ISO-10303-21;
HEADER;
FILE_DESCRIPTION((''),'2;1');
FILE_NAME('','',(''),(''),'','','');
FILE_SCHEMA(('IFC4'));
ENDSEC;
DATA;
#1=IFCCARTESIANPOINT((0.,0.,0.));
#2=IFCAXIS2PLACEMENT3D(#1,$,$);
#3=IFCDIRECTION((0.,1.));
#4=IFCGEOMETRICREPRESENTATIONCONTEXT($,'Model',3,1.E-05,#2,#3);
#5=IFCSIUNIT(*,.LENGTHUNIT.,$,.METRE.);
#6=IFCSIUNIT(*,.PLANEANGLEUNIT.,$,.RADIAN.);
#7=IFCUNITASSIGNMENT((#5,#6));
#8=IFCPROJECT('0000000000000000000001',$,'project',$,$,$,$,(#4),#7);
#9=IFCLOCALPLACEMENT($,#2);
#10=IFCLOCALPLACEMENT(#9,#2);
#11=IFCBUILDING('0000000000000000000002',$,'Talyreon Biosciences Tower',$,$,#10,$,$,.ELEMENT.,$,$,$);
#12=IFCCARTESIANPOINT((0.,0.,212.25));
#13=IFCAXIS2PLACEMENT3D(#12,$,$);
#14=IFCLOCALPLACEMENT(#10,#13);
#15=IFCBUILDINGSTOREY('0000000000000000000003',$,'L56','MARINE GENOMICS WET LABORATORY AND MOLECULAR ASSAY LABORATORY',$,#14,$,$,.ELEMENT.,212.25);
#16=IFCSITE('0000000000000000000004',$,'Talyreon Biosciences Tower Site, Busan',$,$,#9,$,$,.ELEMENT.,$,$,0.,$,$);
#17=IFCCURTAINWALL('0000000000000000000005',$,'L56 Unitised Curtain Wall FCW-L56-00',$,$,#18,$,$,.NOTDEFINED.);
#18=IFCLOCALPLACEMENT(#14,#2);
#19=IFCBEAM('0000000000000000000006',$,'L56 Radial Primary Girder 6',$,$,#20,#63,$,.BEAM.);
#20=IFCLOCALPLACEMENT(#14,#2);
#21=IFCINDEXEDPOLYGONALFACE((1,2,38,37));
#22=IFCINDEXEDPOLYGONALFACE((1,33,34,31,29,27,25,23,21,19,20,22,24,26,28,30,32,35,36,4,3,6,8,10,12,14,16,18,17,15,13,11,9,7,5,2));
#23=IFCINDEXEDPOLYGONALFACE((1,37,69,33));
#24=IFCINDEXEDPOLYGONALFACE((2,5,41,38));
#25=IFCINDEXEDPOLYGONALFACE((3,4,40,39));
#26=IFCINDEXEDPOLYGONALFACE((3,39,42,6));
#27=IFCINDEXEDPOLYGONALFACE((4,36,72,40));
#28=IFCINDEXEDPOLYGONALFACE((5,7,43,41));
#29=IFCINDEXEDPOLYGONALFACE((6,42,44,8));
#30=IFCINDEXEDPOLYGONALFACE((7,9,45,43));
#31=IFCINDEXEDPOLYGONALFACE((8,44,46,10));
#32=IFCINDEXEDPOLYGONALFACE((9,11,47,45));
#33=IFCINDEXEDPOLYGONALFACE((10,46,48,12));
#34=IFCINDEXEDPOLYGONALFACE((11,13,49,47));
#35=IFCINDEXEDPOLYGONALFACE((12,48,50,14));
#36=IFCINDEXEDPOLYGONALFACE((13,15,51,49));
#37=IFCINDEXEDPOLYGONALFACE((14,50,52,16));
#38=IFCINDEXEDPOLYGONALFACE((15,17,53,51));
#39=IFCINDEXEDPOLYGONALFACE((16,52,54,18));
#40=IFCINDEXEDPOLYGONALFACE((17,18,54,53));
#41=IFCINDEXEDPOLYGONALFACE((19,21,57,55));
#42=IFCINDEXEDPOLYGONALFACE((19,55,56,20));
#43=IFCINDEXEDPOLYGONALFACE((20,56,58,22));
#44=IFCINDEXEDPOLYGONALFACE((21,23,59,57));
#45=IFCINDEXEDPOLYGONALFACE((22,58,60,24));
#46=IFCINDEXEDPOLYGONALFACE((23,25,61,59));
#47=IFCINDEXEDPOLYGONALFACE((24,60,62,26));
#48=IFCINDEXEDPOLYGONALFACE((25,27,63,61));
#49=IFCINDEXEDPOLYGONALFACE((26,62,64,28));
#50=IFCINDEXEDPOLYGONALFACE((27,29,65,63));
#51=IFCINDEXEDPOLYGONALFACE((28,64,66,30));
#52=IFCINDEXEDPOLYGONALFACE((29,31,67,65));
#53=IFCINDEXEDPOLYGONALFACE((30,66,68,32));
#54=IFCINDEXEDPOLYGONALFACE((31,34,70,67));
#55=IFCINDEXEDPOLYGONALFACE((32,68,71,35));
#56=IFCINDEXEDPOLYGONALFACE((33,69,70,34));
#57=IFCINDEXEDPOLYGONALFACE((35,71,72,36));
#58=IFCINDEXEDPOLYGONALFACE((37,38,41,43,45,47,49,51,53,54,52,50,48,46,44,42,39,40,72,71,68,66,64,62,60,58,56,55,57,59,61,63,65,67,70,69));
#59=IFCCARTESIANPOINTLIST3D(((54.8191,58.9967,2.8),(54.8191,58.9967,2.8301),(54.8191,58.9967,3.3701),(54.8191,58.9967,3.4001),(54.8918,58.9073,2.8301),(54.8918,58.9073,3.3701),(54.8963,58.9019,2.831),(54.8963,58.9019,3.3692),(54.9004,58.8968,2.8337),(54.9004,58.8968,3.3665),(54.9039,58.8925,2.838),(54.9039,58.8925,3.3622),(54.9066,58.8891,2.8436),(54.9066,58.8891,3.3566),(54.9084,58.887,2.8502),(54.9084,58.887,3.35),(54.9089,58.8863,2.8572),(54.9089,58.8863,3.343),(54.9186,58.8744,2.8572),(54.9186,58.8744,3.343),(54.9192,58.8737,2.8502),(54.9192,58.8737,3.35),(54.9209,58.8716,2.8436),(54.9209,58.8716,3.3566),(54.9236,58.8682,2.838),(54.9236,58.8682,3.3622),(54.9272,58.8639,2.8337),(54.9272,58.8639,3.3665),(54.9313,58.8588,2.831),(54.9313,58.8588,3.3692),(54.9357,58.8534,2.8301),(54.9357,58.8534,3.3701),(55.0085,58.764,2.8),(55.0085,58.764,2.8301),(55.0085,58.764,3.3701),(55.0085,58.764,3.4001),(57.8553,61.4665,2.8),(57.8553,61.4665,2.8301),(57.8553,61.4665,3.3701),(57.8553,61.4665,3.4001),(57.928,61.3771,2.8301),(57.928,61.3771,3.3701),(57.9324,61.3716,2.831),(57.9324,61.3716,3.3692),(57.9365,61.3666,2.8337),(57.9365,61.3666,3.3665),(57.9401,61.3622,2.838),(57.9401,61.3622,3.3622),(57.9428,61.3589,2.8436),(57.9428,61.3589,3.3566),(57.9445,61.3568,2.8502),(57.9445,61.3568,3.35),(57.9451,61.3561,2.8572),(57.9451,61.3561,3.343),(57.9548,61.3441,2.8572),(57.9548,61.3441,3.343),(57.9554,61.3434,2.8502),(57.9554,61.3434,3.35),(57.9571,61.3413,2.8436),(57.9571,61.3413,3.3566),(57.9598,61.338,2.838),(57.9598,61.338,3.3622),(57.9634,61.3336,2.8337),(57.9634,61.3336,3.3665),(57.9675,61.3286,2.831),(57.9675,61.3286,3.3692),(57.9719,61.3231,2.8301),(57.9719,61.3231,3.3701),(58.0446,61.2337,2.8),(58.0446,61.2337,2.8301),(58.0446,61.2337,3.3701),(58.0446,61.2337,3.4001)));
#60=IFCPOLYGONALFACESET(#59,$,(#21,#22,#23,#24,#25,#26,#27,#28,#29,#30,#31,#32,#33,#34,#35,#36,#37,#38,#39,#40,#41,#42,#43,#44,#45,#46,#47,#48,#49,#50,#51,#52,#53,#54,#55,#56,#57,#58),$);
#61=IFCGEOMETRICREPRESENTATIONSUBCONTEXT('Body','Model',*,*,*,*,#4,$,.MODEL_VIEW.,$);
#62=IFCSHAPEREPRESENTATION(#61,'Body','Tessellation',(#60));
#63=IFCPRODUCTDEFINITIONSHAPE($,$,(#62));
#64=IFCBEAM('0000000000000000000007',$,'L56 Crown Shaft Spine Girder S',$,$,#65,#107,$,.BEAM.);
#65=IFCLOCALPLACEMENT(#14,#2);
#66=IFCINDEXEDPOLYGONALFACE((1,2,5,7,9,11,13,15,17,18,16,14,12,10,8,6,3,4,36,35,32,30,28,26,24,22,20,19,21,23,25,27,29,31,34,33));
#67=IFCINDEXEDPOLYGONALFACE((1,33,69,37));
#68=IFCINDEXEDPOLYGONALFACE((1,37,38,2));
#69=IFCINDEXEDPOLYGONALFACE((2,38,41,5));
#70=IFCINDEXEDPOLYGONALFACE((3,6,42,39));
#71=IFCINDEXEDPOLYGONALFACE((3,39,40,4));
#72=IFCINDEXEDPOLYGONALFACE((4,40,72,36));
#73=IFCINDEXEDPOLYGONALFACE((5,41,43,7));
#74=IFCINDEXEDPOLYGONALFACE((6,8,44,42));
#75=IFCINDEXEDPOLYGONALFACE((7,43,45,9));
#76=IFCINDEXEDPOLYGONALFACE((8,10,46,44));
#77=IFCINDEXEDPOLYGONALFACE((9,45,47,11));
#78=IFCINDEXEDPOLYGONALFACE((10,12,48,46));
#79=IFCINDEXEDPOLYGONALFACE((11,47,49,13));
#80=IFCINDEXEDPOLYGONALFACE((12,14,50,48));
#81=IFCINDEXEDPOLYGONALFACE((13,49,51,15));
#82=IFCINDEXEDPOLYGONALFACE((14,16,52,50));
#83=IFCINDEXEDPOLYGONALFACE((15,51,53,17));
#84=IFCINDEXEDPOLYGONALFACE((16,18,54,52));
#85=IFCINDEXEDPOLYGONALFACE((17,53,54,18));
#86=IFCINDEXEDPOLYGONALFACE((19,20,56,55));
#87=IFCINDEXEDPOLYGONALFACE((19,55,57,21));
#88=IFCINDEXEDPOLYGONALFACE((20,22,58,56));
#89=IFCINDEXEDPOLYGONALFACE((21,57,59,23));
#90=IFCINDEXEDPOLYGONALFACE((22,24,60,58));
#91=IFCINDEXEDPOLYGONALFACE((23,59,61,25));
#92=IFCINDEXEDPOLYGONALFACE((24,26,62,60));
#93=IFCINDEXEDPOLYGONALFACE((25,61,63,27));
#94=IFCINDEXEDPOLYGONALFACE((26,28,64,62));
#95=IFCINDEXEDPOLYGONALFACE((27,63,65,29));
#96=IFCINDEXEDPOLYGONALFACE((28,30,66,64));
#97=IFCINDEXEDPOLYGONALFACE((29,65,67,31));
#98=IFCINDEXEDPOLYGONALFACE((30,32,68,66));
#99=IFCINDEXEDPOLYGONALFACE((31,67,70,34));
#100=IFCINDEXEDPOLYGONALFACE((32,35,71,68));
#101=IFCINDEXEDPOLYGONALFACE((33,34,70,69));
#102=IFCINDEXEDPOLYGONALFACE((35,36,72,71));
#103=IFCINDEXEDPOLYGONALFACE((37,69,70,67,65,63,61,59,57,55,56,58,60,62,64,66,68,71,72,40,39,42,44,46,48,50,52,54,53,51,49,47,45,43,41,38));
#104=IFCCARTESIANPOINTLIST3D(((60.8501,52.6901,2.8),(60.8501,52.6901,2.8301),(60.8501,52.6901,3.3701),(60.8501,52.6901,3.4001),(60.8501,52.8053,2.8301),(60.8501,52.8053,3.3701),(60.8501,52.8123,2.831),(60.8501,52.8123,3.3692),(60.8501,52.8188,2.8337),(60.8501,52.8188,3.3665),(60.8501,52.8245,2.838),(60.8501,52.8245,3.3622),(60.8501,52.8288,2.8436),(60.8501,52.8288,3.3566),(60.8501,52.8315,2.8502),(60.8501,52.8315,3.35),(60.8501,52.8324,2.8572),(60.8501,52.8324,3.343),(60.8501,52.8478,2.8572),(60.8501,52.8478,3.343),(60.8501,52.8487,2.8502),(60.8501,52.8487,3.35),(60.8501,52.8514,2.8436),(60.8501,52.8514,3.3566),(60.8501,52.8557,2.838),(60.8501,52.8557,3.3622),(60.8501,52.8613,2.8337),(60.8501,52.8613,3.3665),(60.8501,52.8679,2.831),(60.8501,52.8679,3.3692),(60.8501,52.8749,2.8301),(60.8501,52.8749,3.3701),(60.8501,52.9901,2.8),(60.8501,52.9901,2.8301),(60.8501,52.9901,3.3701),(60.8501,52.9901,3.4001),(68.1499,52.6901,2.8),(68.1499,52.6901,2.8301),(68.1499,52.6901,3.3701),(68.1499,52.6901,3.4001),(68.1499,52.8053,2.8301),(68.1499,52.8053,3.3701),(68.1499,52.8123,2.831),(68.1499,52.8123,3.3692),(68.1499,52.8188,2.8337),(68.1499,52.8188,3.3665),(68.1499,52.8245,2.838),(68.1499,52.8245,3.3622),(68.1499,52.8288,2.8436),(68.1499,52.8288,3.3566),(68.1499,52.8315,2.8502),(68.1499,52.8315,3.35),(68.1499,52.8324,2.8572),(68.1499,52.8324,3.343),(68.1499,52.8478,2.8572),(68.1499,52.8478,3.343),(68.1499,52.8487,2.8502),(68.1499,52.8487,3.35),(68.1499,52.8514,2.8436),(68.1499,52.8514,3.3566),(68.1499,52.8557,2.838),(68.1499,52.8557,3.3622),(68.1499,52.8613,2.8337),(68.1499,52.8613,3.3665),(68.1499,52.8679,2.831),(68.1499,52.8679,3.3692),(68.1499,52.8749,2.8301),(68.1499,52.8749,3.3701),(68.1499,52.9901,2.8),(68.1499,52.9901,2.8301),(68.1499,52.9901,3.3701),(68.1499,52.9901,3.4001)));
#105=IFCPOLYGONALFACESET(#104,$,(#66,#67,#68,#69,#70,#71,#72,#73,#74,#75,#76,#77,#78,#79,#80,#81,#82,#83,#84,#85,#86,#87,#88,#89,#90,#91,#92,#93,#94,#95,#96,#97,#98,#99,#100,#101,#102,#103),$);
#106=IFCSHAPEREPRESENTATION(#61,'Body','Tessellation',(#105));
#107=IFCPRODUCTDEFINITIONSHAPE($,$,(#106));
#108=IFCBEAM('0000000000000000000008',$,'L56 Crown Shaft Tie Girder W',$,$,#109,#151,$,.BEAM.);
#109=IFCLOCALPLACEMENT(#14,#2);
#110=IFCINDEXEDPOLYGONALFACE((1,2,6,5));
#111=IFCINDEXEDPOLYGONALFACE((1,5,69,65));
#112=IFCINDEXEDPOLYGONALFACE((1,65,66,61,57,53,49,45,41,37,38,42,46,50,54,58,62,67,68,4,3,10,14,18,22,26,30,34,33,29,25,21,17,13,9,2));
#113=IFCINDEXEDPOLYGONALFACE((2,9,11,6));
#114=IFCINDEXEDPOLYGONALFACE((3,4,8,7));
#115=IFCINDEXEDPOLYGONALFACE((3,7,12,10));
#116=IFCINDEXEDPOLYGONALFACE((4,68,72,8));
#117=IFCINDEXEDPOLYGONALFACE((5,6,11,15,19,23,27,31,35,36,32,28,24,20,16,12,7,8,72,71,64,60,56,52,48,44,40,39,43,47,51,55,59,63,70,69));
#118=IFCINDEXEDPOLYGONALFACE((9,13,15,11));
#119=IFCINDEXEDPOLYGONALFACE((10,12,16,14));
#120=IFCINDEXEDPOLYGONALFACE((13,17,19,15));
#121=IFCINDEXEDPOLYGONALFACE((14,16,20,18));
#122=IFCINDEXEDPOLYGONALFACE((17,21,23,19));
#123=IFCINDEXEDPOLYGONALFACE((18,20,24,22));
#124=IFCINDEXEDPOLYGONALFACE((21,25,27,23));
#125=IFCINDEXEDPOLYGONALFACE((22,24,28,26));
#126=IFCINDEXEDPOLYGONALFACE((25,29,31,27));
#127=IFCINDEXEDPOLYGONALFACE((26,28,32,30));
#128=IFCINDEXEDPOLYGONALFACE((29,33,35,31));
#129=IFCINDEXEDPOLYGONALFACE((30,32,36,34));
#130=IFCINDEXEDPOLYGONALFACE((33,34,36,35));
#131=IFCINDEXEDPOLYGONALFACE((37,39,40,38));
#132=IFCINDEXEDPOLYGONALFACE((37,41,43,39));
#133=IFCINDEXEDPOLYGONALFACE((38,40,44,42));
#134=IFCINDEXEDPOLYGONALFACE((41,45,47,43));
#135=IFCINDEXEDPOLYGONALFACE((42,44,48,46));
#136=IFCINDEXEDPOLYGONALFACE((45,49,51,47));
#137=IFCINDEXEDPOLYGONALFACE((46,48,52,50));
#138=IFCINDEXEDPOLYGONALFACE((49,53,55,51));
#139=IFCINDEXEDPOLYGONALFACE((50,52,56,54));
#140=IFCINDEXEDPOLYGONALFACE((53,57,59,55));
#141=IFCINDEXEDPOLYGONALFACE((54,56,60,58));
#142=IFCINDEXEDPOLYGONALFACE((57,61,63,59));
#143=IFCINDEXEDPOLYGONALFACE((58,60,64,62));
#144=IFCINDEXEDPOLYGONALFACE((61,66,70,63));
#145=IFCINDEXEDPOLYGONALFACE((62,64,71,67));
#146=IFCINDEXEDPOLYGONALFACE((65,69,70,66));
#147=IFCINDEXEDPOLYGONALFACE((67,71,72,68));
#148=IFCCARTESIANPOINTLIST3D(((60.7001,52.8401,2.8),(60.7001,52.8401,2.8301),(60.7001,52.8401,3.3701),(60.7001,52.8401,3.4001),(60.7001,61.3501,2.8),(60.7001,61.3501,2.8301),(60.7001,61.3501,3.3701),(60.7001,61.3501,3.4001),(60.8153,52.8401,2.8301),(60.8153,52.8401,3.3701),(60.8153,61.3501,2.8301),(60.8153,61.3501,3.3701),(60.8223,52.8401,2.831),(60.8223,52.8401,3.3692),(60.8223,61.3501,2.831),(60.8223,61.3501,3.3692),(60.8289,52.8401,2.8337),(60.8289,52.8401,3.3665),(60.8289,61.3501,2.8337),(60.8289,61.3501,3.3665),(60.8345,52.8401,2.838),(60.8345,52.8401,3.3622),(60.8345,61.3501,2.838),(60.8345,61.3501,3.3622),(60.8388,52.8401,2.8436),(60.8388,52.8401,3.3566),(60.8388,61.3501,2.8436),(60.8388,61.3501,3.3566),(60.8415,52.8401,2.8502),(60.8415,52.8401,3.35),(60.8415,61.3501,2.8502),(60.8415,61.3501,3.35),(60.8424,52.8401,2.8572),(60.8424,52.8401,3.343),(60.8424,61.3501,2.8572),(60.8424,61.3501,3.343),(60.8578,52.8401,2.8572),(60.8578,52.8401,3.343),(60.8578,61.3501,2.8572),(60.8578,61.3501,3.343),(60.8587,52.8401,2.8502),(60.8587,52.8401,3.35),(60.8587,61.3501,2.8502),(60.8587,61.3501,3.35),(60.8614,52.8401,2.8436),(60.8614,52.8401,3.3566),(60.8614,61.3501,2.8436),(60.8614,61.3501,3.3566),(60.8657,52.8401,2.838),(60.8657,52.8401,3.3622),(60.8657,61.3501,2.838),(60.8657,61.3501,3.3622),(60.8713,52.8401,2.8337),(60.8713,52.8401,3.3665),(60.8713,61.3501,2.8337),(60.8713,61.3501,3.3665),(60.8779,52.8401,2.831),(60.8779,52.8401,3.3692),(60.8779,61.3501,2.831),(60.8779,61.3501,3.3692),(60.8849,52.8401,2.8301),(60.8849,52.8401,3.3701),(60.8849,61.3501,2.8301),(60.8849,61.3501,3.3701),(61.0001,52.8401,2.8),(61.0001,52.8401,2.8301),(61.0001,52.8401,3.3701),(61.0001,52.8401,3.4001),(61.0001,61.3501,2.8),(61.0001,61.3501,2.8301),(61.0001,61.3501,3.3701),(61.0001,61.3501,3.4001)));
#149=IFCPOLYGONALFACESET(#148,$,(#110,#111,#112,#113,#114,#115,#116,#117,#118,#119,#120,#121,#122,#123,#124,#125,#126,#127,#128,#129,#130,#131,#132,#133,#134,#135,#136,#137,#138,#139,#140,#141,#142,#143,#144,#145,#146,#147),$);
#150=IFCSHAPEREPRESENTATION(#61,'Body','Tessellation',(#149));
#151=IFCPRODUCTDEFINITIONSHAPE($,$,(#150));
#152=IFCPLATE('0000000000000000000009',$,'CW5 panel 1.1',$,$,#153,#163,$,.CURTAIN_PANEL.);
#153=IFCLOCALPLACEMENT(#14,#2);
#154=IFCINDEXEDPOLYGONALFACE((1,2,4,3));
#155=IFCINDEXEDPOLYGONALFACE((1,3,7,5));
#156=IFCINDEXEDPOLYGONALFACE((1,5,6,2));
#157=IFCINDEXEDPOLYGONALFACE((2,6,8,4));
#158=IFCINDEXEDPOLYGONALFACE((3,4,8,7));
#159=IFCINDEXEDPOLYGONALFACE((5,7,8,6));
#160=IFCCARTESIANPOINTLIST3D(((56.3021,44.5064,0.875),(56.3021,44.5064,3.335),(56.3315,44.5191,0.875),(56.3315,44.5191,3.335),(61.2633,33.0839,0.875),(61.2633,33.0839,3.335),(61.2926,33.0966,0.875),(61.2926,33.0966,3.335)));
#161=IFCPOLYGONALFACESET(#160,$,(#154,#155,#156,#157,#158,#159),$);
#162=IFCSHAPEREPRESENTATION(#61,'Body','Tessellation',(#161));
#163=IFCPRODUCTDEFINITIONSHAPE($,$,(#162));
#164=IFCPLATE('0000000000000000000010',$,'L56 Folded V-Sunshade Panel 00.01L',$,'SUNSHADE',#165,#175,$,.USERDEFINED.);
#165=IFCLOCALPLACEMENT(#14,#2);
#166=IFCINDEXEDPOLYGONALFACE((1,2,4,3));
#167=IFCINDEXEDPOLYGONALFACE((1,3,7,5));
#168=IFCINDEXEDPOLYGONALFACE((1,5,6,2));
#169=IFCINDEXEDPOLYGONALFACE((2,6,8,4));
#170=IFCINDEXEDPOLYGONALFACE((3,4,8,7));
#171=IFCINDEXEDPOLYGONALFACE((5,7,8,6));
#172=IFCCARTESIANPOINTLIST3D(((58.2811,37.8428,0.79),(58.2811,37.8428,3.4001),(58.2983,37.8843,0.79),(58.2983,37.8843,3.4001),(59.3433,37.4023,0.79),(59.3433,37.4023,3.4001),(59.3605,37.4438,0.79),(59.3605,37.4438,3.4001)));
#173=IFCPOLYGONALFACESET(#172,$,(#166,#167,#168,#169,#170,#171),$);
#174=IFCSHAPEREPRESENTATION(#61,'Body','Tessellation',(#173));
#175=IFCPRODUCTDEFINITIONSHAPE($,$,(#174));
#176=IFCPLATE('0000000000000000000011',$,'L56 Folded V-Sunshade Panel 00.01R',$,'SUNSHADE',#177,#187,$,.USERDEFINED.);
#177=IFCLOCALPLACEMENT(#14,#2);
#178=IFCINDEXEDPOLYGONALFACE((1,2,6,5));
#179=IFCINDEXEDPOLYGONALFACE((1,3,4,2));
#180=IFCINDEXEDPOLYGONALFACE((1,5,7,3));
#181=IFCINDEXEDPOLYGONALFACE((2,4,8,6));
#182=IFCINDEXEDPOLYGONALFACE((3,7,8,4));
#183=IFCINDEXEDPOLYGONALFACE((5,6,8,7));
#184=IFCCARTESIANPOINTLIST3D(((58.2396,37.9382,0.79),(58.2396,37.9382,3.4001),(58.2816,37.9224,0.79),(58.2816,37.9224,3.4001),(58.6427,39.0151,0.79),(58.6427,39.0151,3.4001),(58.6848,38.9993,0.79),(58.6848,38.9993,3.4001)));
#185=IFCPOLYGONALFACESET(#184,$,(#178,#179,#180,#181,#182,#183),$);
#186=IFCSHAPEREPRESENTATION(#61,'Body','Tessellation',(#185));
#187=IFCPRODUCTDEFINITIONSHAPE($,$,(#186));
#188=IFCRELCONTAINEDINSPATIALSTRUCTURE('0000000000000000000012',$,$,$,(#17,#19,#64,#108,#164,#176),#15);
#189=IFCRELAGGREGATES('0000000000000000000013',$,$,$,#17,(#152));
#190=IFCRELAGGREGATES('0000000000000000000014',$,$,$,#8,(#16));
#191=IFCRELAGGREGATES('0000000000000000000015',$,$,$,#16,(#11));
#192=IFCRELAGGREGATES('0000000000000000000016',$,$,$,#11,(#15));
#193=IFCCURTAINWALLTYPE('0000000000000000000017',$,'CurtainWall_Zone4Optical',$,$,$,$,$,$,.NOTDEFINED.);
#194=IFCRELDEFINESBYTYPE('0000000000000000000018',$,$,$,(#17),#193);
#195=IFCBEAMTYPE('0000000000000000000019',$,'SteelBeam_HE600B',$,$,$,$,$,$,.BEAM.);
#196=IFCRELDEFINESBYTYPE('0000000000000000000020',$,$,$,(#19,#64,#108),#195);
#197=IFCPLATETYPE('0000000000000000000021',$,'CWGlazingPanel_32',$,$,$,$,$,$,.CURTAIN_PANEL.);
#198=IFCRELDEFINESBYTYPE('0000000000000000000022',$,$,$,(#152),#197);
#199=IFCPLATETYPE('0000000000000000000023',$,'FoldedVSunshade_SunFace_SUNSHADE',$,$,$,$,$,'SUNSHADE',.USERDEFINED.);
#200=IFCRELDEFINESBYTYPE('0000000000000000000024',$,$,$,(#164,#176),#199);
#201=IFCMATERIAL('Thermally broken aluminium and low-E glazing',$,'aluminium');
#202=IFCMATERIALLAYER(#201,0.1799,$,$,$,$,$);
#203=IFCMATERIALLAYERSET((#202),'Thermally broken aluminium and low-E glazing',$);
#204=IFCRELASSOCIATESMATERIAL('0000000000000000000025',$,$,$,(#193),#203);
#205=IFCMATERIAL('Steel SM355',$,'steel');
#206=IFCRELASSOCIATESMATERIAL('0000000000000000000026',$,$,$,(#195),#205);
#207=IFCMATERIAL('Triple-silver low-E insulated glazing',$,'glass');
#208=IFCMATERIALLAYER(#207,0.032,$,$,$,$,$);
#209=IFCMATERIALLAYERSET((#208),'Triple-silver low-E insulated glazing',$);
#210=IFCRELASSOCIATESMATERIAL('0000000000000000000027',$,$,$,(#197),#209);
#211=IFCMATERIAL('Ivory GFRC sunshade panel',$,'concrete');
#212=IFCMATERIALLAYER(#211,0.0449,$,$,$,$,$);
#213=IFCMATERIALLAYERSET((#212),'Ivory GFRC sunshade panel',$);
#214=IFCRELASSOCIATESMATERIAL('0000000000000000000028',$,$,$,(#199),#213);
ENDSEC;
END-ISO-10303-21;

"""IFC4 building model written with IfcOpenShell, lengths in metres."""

from ifc_helpers import new_model, si_unit, direction, frame, origin, origin_2d, place, context, subcontext, project, spatial, rectangle, i_section, extrude, material, layer, layer_set, material_profile, profile_set, type_object, element, aggregate, save


model = new_model("IFC4")

# Units and contexts
model_context = context("Model", 3, precision=1e-05, world=origin(), true_north=direction((0.0, 1.0)))
body_context = subcontext(model_context, "Body", "Model", "MODEL_VIEW")
ifc_project = project(units=[si_unit("LENGTHUNIT", "METRE"), si_unit("PLANEANGLEUNIT", "RADIAN")], contexts=[model_context])

# Site, building, storey
site_placement = place(None, origin())
site = spatial("IfcSite", under=ifc_project, at=site_placement, Name="Talyreon Biosciences Tower Site, Busan", CompositionType="ELEMENT", RefElevation=0.0)
building_placement = place(site_placement, origin())
building = spatial("IfcBuilding", under=site, at=building_placement, Name="Talyreon Biosciences Tower", CompositionType="ELEMENT")
storey_placement = place(building_placement, frame((0.0, 0.0, 212.25)))
storey = spatial("IfcBuildingStorey", under=building, at=storey_placement, Name="L56", Description="MARINE GENOMICS WET LABORATORY AND MOLECULAR ASSAY LABORATORY", CompositionType="ELEMENT", Elevation=212.25)

# Curtain wall
ifc_material_1 = material(Name="Thermally broken aluminium and low-E glazing", Category="aluminium")
ifc_layer_1 = layer(ifc_material_1, 0.1799)
ifc_layer_set_1 = layer_set([ifc_layer_1], Name="Thermally broken aluminium and low-E glazing")
curtain_wall_type = type_object("IfcCurtainWallType", Name="CurtainWall_Zone4Optical", PredefinedType="NOTDEFINED", material=ifc_layer_set_1)
curtain_wall_placement = place(storey_placement, origin())
curtain_wall = element("IfcCurtainWall", 1, at=curtain_wall_placement, inside=storey, type_object=curtain_wall_type, Name="L56 Unitised Curtain Wall FCW-L56-00", PredefinedType="NOTDEFINED")

# Beams
ifc_material_2 = material(Name="Steel SM355", Category="steel")
ifc_material_profile_1 = material_profile(ifc_material_2, i_section(OverallWidth=0.3, OverallDepth=0.6001, WebThickness=0.0154, FlangeThickness=0.03, FilletRadius=0.0271, at=origin_2d()), Name="HE600B")
ifc_profile_set_1 = profile_set([ifc_material_profile_1], Name="Steel SM355")
beam_type_1 = type_object("IfcBeamType", Name="SteelBeam_HE600B", PredefinedType="BEAM", material=ifc_profile_set_1)
beam_1_placement = place(storey_placement, frame((57.95, 61.3501, 3.1001), z_axis=(-0.775755, -0.631034, 0.0), x_axis=(0.631034, -0.775755, 0.0)))
element("IfcBeam", 2, at=beam_1_placement, inside=storey, type_object=beam_type_1, Name="L56 Radial Primary Girder 6", PredefinedType="BEAM", context=body_context, shape_type="SweptSolid", body=[
    extrude(i_section(OverallWidth=0.3, OverallDepth=0.6001, WebThickness=0.0154, FlangeThickness=0.03, FilletRadius=0.0271, at=origin_2d()), origin(), (0.0, 0.0, 1.0), 3.9138),
])
beam_2_placement = place(storey_placement, frame((60.8501, 52.8401, 3.1001), z_axis=(1.0, 0.0, 0.0), x_axis=(0.0, 1.0, 0.0)))
element("IfcBeam", 3, at=beam_2_placement, inside=storey, type_object=beam_type_1, Name="L56 Crown Shaft Spine Girder S", PredefinedType="BEAM", context=body_context, shape_type="SweptSolid", body=[
    extrude(i_section(OverallWidth=0.3, OverallDepth=0.6001, WebThickness=0.0154, FlangeThickness=0.03, FilletRadius=0.0271, at=origin_2d()), origin(), (0.0, 0.0, 1.0), 7.2998),
])
beam_3_placement = place(storey_placement, frame((60.8501, 52.8401, 3.1001), z_axis=(0.0, 1.0, 0.0), x_axis=(-1.0, 0.0, 0.0)))
element("IfcBeam", 4, at=beam_3_placement, inside=storey, type_object=beam_type_1, Name="L56 Crown Shaft Tie Girder W", PredefinedType="BEAM", context=body_context, shape_type="SweptSolid", body=[
    extrude(i_section(OverallWidth=0.3, OverallDepth=0.6001, WebThickness=0.0154, FlangeThickness=0.03, FilletRadius=0.0271, at=origin_2d()), origin(), (0.0, 0.0, 1.0), 8.51),
])

# Plate
ifc_material_3 = material(Name="Triple-silver low-E insulated glazing", Category="glass")
ifc_layer_2 = layer(ifc_material_3, 0.032)
ifc_layer_set_2 = layer_set([ifc_layer_2], Name="Triple-silver low-E insulated glazing")
plate_type_1 = type_object("IfcPlateType", Name="CWGlazingPanel_32", PredefinedType="CURTAIN_PANEL", material=ifc_layer_set_2)
plate_placement = place(storey_placement, frame((58.7974, 38.8015, 0.875), z_axis=(0.0, 0.0, 1.0), x_axis=(-0.398376, 0.917222, 0.0)))
plate = element("IfcPlate", 5, at=plate_placement, type_object=plate_type_1, Name="CW5 panel 1.1", PredefinedType="CURTAIN_PANEL", context=body_context, shape_type="SweptSolid", body=[
    extrude(rectangle(XDim=12.4534, YDim=0.032, at=origin_2d()), origin(), (0.0, 0.0, 1.0), 2.46),
])
aggregate(curtain_wall, [plate])

# Plates
ifc_material_4 = material(Name="Ivory GFRC sunshade panel", Category="concrete")
ifc_layer_3 = layer(ifc_material_4, 0.0449)
ifc_layer_set_3 = layer_set([ifc_layer_3], Name="Ivory GFRC sunshade panel")
plate_type_2 = type_object("IfcPlateType", Name="FoldedVSunshade_SunFace_SUNSHADE", ElementType="SUNSHADE", PredefinedType="USERDEFINED", material=ifc_layer_set_3)
for number, where, z_axis, x_axis, name in (
    (6, (58.8208, 37.6433, 0.79), (0.0, 0.0, 1.0), (-0.923726, 0.383054, 0.0), "L56 Folded V-Sunshade Panel 00.01L"),
    (7, (58.4622, 38.4688, 0.79), (0.0, 0.0, 1.0), (0.350583, 0.936532, 0.0), "L56 Folded V-Sunshade Panel 00.01R"),
):
    element("IfcPlate", number, at=place(storey_placement, frame(where, z_axis=z_axis, x_axis=x_axis)), inside=storey, type_object=plate_type_2, Name=name, ObjectType="SUNSHADE", PredefinedType="USERDEFINED", context=body_context, shape_type="SweptSolid", body=[
        extrude(rectangle(XDim=1.1499, YDim=0.0449, at=origin_2d()), origin(), (0.0, 0.0, 1.0), 2.6101),
    ])

save(model, "model.ifc")
